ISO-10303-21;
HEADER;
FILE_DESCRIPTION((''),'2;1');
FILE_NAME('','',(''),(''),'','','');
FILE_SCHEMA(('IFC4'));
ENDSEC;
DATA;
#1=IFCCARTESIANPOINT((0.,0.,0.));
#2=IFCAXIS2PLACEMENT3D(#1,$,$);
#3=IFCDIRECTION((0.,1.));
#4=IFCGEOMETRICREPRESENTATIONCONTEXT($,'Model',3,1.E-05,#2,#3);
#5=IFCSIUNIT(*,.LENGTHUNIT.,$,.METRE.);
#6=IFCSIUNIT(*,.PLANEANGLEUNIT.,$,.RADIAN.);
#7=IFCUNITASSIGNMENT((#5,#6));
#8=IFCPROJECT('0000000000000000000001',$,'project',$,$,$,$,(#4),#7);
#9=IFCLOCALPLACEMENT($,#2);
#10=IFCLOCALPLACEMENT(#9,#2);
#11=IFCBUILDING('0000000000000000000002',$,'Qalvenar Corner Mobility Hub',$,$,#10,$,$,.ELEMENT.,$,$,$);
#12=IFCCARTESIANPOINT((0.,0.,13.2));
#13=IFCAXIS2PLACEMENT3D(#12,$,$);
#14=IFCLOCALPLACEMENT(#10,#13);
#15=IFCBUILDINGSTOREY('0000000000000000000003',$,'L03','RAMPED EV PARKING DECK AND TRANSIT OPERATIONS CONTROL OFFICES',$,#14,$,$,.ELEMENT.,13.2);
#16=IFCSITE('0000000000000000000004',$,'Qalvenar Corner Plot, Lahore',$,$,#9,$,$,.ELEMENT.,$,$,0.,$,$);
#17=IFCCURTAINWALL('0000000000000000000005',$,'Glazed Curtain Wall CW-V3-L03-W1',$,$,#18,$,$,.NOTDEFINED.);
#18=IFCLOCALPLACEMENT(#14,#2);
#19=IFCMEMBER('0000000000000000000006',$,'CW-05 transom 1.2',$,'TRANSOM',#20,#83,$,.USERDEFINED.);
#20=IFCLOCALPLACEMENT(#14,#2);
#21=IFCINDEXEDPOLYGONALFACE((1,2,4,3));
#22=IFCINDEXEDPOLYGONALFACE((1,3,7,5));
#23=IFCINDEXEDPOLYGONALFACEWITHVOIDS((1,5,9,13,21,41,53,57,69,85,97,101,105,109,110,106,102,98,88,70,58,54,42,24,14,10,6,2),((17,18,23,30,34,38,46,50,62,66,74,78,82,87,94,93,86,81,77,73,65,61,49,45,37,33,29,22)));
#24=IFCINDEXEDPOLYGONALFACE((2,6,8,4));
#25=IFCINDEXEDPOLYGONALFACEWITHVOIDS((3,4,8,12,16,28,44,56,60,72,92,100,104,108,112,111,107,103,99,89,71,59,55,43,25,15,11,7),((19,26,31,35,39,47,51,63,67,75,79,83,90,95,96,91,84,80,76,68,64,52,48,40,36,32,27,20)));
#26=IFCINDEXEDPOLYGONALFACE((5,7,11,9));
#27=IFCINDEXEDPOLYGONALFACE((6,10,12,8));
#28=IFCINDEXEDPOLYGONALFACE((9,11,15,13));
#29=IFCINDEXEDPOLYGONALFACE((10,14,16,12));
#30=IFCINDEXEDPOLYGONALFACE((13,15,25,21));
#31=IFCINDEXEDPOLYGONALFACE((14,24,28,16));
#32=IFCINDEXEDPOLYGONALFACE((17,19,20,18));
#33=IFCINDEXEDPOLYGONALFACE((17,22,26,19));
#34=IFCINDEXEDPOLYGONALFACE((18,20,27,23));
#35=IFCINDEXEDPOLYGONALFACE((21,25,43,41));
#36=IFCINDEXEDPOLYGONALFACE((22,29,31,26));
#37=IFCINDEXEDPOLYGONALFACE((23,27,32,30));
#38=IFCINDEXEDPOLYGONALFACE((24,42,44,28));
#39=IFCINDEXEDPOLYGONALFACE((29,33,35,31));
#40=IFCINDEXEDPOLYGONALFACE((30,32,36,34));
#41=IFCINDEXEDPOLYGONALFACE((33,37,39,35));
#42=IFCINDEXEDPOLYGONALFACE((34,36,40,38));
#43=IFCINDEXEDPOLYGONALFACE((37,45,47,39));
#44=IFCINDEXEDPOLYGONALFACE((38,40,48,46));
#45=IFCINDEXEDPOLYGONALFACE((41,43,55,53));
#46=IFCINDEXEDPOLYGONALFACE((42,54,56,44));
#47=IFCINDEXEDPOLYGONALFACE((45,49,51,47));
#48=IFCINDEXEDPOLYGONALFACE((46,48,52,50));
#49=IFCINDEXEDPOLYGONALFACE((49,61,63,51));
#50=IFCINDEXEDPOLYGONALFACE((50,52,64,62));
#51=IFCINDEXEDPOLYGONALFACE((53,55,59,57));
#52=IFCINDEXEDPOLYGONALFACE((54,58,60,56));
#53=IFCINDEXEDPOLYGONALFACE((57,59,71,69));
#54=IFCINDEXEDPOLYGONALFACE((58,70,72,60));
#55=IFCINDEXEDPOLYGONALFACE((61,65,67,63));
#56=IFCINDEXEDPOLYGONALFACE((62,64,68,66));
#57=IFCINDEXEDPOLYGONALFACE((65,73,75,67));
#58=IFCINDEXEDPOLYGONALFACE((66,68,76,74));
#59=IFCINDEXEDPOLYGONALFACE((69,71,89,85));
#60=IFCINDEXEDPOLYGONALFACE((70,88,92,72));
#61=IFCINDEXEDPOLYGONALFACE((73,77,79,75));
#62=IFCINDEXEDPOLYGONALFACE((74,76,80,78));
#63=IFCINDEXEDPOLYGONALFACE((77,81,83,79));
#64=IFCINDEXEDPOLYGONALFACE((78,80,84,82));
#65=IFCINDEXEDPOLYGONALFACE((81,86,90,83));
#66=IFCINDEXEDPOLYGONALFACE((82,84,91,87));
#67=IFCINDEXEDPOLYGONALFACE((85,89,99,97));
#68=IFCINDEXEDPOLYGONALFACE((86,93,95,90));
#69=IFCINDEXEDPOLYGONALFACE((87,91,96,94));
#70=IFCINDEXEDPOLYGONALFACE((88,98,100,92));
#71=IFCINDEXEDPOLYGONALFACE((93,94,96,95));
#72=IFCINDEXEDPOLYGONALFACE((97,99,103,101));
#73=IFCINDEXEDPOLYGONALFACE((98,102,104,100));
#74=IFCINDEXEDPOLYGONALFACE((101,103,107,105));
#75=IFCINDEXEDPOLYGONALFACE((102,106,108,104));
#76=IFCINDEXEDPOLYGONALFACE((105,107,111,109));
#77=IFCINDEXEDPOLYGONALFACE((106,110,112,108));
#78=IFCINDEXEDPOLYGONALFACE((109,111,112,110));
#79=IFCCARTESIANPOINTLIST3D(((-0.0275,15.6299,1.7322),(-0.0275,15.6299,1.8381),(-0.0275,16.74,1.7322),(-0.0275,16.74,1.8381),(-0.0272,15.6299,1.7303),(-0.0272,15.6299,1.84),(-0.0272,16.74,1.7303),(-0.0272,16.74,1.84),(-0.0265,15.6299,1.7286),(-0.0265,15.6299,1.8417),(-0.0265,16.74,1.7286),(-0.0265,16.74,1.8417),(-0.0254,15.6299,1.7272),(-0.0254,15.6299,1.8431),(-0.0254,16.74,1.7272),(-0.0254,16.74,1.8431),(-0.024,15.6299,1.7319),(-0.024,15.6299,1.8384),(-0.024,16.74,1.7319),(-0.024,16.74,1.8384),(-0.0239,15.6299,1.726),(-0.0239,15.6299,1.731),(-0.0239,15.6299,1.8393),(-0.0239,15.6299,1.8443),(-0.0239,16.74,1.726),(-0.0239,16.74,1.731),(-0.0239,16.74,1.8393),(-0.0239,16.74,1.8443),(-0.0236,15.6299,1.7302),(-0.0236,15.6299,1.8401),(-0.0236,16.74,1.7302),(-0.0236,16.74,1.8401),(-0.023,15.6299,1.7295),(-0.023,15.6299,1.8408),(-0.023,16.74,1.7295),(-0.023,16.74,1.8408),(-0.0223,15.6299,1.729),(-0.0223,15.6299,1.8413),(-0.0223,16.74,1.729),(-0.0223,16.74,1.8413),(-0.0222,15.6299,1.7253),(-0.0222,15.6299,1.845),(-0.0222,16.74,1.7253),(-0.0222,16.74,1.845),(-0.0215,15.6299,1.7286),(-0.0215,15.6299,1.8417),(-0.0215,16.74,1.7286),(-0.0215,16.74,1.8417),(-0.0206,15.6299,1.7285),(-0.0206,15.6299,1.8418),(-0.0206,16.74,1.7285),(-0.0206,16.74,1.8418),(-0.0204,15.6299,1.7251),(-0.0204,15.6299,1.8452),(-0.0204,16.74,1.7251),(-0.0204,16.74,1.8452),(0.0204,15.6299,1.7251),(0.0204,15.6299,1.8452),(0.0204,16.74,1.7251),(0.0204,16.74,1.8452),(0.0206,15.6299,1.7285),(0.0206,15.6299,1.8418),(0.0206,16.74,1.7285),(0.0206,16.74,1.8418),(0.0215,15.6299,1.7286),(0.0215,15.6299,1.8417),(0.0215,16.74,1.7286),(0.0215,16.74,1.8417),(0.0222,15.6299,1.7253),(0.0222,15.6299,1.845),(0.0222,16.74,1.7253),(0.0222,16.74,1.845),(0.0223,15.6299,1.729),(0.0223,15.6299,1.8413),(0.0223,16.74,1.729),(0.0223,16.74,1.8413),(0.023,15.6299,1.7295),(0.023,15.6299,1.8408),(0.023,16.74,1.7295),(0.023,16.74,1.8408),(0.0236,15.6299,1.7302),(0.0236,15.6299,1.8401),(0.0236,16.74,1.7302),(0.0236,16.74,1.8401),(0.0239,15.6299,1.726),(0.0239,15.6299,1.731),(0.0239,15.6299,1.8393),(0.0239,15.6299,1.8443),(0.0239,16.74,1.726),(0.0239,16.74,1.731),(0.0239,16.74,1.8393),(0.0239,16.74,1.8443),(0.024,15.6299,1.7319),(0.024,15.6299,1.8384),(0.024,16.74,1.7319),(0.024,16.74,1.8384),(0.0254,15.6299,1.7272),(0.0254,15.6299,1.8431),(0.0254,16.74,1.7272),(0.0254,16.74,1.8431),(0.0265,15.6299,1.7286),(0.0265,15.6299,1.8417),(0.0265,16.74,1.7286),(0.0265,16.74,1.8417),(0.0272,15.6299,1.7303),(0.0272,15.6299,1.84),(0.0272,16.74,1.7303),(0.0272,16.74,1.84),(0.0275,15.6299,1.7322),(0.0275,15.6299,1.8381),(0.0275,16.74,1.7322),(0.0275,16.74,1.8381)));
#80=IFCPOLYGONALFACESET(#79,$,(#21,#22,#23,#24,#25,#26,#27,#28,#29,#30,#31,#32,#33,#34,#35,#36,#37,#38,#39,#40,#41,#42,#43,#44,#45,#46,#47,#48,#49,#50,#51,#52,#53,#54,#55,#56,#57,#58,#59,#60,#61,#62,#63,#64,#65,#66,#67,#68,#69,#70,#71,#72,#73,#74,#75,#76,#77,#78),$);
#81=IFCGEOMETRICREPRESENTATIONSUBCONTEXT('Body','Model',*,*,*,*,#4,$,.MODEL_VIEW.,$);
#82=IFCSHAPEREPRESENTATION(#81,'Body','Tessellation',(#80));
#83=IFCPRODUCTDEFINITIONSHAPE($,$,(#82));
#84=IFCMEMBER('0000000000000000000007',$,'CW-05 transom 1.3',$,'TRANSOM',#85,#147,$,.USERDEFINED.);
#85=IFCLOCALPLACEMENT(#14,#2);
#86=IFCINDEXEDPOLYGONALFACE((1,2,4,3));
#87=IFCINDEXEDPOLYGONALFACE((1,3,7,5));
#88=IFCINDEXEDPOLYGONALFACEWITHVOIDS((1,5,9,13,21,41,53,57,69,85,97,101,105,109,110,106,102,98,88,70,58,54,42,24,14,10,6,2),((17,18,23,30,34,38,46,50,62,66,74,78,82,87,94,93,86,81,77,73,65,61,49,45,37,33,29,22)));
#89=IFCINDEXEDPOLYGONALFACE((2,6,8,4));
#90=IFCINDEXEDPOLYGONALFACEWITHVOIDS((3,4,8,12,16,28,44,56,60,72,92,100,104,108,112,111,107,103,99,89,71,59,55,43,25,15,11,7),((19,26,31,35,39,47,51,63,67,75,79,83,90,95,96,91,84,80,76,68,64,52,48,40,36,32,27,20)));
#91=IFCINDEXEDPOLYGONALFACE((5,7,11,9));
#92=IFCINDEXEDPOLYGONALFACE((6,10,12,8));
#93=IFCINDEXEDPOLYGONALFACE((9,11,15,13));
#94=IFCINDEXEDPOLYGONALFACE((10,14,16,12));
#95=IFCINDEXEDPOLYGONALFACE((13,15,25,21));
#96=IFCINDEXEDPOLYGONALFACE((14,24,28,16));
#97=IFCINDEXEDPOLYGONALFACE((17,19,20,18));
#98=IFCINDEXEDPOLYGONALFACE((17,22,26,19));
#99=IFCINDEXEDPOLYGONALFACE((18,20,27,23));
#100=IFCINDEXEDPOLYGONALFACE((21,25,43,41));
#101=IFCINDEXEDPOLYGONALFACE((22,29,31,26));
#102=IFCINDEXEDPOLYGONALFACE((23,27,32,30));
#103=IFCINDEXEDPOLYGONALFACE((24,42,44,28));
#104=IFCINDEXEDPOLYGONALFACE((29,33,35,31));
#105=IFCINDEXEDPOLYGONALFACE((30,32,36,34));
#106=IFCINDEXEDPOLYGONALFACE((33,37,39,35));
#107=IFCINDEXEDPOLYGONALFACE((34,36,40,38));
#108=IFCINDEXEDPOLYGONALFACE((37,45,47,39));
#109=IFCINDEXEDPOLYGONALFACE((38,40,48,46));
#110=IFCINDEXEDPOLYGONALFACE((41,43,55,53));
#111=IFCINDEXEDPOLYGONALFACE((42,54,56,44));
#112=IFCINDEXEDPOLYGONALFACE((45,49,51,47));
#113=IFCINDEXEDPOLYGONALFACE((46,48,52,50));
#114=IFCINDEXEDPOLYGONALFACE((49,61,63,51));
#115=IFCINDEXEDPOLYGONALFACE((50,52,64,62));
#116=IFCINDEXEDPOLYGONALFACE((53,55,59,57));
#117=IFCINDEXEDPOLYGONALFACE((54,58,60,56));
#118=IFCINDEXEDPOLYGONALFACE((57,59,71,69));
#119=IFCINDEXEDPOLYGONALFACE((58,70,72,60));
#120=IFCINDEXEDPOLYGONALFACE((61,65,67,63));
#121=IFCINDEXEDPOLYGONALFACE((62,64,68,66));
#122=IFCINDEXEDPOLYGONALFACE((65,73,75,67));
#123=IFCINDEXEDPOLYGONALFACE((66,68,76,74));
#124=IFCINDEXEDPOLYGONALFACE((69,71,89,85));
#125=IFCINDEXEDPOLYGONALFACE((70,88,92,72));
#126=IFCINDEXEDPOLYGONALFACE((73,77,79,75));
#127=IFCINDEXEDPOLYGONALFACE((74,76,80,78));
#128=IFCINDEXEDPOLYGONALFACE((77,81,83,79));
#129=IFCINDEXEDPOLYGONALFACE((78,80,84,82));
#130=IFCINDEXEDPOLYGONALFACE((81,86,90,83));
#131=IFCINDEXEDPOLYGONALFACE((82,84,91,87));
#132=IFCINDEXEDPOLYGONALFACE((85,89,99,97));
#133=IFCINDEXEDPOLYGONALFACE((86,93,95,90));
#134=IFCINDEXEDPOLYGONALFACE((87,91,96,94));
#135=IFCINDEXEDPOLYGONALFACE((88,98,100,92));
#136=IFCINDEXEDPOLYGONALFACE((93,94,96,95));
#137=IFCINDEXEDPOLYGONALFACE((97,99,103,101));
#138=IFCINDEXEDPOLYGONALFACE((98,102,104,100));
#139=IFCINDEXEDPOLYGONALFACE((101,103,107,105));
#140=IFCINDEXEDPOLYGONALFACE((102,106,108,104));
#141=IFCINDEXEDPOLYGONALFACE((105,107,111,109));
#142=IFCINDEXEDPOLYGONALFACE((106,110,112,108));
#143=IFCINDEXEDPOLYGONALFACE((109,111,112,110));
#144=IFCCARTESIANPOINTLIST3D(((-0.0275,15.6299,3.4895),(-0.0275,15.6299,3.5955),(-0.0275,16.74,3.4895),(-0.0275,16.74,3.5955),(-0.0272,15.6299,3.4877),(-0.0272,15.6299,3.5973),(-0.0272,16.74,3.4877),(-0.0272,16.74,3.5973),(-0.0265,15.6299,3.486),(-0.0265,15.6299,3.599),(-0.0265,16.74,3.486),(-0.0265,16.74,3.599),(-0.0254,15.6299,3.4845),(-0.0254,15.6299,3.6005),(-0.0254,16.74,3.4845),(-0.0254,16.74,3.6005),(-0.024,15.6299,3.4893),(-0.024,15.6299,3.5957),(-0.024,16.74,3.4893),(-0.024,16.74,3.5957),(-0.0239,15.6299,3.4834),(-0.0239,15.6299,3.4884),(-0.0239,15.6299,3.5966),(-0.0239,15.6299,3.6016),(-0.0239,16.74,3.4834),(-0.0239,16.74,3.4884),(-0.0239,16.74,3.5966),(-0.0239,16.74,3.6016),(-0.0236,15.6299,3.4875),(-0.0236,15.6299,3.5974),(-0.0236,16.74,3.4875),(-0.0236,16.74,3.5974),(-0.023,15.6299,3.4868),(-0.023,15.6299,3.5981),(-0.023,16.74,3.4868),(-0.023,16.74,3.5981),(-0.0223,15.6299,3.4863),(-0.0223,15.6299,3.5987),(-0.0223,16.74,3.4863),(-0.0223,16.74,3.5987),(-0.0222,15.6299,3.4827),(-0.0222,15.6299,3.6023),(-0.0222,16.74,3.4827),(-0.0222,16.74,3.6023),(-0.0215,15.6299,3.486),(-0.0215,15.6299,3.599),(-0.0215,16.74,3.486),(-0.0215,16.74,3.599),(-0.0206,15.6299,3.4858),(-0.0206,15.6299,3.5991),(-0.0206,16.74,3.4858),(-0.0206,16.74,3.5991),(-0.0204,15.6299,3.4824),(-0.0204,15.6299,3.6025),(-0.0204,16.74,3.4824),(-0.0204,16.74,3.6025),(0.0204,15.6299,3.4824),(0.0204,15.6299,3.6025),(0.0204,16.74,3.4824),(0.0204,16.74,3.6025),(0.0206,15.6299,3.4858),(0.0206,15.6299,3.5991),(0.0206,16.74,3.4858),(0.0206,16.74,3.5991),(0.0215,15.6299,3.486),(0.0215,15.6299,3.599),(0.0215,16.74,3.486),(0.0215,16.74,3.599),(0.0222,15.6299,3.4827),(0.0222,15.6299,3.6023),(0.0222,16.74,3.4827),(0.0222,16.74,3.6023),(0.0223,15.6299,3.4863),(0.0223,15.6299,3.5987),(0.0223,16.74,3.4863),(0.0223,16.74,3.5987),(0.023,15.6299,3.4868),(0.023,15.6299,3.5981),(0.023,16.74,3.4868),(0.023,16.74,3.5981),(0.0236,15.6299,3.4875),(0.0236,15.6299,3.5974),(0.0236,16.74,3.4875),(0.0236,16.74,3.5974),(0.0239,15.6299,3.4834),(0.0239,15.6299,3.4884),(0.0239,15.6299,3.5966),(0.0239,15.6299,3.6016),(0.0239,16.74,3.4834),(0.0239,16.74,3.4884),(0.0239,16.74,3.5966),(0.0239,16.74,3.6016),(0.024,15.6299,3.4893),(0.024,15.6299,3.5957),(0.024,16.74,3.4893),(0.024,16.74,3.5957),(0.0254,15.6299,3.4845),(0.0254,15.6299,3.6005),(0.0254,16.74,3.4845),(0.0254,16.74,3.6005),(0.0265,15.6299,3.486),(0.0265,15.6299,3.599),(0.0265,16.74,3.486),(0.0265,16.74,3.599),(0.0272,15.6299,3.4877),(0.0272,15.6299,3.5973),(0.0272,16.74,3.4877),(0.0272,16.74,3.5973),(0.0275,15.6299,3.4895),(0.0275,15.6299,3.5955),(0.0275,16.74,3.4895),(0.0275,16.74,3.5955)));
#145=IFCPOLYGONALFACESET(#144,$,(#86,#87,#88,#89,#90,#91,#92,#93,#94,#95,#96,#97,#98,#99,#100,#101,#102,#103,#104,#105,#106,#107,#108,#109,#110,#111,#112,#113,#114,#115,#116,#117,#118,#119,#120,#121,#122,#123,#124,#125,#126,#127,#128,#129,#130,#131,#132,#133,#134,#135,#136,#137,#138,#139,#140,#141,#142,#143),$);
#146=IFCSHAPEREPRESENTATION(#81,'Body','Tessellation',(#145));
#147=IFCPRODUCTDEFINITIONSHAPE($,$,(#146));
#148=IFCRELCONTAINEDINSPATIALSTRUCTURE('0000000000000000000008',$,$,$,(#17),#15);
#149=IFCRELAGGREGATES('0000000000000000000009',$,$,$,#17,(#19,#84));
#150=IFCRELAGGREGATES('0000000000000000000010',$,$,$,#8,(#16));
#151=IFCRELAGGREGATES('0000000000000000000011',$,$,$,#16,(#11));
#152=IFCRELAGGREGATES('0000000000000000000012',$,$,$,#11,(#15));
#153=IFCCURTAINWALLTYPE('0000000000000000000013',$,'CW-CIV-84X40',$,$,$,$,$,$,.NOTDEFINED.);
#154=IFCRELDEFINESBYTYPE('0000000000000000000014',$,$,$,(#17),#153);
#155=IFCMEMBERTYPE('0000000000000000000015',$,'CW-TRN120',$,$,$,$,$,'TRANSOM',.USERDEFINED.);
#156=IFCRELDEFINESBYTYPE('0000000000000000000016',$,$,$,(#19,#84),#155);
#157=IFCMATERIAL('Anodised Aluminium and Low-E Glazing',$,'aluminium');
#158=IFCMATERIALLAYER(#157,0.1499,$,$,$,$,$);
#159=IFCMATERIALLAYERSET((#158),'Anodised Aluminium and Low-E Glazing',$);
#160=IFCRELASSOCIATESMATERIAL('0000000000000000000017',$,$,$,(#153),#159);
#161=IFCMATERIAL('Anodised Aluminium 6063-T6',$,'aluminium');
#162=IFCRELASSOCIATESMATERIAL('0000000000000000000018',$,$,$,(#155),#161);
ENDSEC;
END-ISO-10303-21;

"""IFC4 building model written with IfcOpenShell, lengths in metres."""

from ifc_helpers import new_model, si_unit, direction, frame, origin, origin_2d, place, context, subcontext, project, spatial, hollow_rectangle, extrude, material, layer, layer_set, material_profile, profile_set, type_object, element, aggregate, save


model = new_model("IFC4")

# Units and contexts
model_context = context("Model", 3, precision=1e-05, world=origin(), true_north=direction((0.0, 1.0)))
body_context = subcontext(model_context, "Body", "Model", "MODEL_VIEW")
ifc_project = project(units=[si_unit("LENGTHUNIT", "METRE"), si_unit("PLANEANGLEUNIT", "RADIAN")], contexts=[model_context])

# Site, building, storey
site_placement = place(None, origin())
site = spatial("IfcSite", under=ifc_project, at=site_placement, Name="Qalvenar Corner Plot, Lahore", CompositionType="ELEMENT", RefElevation=0.0)
building_placement = place(site_placement, origin())
building = spatial("IfcBuilding", under=site, at=building_placement, Name="Qalvenar Corner Mobility Hub", CompositionType="ELEMENT")
storey_placement = place(building_placement, frame((0.0, 0.0, 13.2)))
storey = spatial("IfcBuildingStorey", under=building, at=storey_placement, Name="L03", Description="RAMPED EV PARKING DECK AND TRANSIT OPERATIONS CONTROL OFFICES", CompositionType="ELEMENT", Elevation=13.2)

# Curtain wall
ifc_material_1 = material(Name="Anodised Aluminium and Low-E Glazing", Category="aluminium")
ifc_layer_1 = layer(ifc_material_1, 0.1499)
ifc_layer_set_1 = layer_set([ifc_layer_1], Name="Anodised Aluminium and Low-E Glazing")
curtain_wall_type = type_object("IfcCurtainWallType", Name="CW-CIV-84X40", PredefinedType="NOTDEFINED", material=ifc_layer_set_1)
curtain_wall_1_placement = place(storey_placement, origin())
curtain_wall_1 = element("IfcCurtainWall", 1, at=curtain_wall_1_placement, inside=storey, type_object=curtain_wall_type, Name="Glazed Curtain Wall CW-V3-L03-W1", PredefinedType="NOTDEFINED")
ifc_material_2 = material(Name="Anodised Aluminium 6063-T6", Category="aluminium")

# Members
ifc_material_profile_1 = material_profile(ifc_material_2, hollow_rectangle(XDim=0.0549, YDim=0.1201, WallThickness=0.0034, InnerFilletRadius=0.0034, OuterFilletRadius=0.0071, at=origin_2d()), Name="RHS120x55x3.5")
ifc_profile_set_1 = profile_set([ifc_material_profile_1], Name="Anodised Aluminium 6063-T6")
member_type_1 = type_object("IfcMemberType", Name="CW-TRN120", ElementType="TRANSOM", PredefinedType="USERDEFINED", material=ifc_profile_set_1)
member_1_placement = place(storey_placement, frame((0.0, 16.74, 1.7852), z_axis=(0.0, -1.0, 0.0), x_axis=(1.0, 0.0, 0.0)))
member_1 = element("IfcMember", 2, at=member_1_placement, type_object=member_type_1, Name="CW-05 transom 1.2", ObjectType="TRANSOM", PredefinedType="USERDEFINED", context=body_context, shape_type="SweptSolid", body=[
    extrude(hollow_rectangle(XDim=0.0549, YDim=0.1201, WallThickness=0.0034, InnerFilletRadius=0.0034, OuterFilletRadius=0.0071, at=origin_2d()), origin(), (0.0, 0.0, 1.0), 1.1101),
])
member_2_placement = place(storey_placement, frame((0.0, 16.74, 3.5425), z_axis=(0.0, -1.0, 0.0), x_axis=(1.0, 0.0, 0.0)))
member_2 = element("IfcMember", 3, at=member_2_placement, type_object=member_type_1, Name="CW-05 transom 1.3", ObjectType="TRANSOM", PredefinedType="USERDEFINED", context=body_context, shape_type="SweptSolid", body=[
    extrude(hollow_rectangle(XDim=0.0549, YDim=0.1201, WallThickness=0.0034, InnerFilletRadius=0.0034, OuterFilletRadius=0.0071, at=origin_2d()), origin(), (0.0, 0.0, 1.0), 1.1101),
])

aggregate(curtain_wall_1, [member_1, member_2])

save(model, "model.ifc")
